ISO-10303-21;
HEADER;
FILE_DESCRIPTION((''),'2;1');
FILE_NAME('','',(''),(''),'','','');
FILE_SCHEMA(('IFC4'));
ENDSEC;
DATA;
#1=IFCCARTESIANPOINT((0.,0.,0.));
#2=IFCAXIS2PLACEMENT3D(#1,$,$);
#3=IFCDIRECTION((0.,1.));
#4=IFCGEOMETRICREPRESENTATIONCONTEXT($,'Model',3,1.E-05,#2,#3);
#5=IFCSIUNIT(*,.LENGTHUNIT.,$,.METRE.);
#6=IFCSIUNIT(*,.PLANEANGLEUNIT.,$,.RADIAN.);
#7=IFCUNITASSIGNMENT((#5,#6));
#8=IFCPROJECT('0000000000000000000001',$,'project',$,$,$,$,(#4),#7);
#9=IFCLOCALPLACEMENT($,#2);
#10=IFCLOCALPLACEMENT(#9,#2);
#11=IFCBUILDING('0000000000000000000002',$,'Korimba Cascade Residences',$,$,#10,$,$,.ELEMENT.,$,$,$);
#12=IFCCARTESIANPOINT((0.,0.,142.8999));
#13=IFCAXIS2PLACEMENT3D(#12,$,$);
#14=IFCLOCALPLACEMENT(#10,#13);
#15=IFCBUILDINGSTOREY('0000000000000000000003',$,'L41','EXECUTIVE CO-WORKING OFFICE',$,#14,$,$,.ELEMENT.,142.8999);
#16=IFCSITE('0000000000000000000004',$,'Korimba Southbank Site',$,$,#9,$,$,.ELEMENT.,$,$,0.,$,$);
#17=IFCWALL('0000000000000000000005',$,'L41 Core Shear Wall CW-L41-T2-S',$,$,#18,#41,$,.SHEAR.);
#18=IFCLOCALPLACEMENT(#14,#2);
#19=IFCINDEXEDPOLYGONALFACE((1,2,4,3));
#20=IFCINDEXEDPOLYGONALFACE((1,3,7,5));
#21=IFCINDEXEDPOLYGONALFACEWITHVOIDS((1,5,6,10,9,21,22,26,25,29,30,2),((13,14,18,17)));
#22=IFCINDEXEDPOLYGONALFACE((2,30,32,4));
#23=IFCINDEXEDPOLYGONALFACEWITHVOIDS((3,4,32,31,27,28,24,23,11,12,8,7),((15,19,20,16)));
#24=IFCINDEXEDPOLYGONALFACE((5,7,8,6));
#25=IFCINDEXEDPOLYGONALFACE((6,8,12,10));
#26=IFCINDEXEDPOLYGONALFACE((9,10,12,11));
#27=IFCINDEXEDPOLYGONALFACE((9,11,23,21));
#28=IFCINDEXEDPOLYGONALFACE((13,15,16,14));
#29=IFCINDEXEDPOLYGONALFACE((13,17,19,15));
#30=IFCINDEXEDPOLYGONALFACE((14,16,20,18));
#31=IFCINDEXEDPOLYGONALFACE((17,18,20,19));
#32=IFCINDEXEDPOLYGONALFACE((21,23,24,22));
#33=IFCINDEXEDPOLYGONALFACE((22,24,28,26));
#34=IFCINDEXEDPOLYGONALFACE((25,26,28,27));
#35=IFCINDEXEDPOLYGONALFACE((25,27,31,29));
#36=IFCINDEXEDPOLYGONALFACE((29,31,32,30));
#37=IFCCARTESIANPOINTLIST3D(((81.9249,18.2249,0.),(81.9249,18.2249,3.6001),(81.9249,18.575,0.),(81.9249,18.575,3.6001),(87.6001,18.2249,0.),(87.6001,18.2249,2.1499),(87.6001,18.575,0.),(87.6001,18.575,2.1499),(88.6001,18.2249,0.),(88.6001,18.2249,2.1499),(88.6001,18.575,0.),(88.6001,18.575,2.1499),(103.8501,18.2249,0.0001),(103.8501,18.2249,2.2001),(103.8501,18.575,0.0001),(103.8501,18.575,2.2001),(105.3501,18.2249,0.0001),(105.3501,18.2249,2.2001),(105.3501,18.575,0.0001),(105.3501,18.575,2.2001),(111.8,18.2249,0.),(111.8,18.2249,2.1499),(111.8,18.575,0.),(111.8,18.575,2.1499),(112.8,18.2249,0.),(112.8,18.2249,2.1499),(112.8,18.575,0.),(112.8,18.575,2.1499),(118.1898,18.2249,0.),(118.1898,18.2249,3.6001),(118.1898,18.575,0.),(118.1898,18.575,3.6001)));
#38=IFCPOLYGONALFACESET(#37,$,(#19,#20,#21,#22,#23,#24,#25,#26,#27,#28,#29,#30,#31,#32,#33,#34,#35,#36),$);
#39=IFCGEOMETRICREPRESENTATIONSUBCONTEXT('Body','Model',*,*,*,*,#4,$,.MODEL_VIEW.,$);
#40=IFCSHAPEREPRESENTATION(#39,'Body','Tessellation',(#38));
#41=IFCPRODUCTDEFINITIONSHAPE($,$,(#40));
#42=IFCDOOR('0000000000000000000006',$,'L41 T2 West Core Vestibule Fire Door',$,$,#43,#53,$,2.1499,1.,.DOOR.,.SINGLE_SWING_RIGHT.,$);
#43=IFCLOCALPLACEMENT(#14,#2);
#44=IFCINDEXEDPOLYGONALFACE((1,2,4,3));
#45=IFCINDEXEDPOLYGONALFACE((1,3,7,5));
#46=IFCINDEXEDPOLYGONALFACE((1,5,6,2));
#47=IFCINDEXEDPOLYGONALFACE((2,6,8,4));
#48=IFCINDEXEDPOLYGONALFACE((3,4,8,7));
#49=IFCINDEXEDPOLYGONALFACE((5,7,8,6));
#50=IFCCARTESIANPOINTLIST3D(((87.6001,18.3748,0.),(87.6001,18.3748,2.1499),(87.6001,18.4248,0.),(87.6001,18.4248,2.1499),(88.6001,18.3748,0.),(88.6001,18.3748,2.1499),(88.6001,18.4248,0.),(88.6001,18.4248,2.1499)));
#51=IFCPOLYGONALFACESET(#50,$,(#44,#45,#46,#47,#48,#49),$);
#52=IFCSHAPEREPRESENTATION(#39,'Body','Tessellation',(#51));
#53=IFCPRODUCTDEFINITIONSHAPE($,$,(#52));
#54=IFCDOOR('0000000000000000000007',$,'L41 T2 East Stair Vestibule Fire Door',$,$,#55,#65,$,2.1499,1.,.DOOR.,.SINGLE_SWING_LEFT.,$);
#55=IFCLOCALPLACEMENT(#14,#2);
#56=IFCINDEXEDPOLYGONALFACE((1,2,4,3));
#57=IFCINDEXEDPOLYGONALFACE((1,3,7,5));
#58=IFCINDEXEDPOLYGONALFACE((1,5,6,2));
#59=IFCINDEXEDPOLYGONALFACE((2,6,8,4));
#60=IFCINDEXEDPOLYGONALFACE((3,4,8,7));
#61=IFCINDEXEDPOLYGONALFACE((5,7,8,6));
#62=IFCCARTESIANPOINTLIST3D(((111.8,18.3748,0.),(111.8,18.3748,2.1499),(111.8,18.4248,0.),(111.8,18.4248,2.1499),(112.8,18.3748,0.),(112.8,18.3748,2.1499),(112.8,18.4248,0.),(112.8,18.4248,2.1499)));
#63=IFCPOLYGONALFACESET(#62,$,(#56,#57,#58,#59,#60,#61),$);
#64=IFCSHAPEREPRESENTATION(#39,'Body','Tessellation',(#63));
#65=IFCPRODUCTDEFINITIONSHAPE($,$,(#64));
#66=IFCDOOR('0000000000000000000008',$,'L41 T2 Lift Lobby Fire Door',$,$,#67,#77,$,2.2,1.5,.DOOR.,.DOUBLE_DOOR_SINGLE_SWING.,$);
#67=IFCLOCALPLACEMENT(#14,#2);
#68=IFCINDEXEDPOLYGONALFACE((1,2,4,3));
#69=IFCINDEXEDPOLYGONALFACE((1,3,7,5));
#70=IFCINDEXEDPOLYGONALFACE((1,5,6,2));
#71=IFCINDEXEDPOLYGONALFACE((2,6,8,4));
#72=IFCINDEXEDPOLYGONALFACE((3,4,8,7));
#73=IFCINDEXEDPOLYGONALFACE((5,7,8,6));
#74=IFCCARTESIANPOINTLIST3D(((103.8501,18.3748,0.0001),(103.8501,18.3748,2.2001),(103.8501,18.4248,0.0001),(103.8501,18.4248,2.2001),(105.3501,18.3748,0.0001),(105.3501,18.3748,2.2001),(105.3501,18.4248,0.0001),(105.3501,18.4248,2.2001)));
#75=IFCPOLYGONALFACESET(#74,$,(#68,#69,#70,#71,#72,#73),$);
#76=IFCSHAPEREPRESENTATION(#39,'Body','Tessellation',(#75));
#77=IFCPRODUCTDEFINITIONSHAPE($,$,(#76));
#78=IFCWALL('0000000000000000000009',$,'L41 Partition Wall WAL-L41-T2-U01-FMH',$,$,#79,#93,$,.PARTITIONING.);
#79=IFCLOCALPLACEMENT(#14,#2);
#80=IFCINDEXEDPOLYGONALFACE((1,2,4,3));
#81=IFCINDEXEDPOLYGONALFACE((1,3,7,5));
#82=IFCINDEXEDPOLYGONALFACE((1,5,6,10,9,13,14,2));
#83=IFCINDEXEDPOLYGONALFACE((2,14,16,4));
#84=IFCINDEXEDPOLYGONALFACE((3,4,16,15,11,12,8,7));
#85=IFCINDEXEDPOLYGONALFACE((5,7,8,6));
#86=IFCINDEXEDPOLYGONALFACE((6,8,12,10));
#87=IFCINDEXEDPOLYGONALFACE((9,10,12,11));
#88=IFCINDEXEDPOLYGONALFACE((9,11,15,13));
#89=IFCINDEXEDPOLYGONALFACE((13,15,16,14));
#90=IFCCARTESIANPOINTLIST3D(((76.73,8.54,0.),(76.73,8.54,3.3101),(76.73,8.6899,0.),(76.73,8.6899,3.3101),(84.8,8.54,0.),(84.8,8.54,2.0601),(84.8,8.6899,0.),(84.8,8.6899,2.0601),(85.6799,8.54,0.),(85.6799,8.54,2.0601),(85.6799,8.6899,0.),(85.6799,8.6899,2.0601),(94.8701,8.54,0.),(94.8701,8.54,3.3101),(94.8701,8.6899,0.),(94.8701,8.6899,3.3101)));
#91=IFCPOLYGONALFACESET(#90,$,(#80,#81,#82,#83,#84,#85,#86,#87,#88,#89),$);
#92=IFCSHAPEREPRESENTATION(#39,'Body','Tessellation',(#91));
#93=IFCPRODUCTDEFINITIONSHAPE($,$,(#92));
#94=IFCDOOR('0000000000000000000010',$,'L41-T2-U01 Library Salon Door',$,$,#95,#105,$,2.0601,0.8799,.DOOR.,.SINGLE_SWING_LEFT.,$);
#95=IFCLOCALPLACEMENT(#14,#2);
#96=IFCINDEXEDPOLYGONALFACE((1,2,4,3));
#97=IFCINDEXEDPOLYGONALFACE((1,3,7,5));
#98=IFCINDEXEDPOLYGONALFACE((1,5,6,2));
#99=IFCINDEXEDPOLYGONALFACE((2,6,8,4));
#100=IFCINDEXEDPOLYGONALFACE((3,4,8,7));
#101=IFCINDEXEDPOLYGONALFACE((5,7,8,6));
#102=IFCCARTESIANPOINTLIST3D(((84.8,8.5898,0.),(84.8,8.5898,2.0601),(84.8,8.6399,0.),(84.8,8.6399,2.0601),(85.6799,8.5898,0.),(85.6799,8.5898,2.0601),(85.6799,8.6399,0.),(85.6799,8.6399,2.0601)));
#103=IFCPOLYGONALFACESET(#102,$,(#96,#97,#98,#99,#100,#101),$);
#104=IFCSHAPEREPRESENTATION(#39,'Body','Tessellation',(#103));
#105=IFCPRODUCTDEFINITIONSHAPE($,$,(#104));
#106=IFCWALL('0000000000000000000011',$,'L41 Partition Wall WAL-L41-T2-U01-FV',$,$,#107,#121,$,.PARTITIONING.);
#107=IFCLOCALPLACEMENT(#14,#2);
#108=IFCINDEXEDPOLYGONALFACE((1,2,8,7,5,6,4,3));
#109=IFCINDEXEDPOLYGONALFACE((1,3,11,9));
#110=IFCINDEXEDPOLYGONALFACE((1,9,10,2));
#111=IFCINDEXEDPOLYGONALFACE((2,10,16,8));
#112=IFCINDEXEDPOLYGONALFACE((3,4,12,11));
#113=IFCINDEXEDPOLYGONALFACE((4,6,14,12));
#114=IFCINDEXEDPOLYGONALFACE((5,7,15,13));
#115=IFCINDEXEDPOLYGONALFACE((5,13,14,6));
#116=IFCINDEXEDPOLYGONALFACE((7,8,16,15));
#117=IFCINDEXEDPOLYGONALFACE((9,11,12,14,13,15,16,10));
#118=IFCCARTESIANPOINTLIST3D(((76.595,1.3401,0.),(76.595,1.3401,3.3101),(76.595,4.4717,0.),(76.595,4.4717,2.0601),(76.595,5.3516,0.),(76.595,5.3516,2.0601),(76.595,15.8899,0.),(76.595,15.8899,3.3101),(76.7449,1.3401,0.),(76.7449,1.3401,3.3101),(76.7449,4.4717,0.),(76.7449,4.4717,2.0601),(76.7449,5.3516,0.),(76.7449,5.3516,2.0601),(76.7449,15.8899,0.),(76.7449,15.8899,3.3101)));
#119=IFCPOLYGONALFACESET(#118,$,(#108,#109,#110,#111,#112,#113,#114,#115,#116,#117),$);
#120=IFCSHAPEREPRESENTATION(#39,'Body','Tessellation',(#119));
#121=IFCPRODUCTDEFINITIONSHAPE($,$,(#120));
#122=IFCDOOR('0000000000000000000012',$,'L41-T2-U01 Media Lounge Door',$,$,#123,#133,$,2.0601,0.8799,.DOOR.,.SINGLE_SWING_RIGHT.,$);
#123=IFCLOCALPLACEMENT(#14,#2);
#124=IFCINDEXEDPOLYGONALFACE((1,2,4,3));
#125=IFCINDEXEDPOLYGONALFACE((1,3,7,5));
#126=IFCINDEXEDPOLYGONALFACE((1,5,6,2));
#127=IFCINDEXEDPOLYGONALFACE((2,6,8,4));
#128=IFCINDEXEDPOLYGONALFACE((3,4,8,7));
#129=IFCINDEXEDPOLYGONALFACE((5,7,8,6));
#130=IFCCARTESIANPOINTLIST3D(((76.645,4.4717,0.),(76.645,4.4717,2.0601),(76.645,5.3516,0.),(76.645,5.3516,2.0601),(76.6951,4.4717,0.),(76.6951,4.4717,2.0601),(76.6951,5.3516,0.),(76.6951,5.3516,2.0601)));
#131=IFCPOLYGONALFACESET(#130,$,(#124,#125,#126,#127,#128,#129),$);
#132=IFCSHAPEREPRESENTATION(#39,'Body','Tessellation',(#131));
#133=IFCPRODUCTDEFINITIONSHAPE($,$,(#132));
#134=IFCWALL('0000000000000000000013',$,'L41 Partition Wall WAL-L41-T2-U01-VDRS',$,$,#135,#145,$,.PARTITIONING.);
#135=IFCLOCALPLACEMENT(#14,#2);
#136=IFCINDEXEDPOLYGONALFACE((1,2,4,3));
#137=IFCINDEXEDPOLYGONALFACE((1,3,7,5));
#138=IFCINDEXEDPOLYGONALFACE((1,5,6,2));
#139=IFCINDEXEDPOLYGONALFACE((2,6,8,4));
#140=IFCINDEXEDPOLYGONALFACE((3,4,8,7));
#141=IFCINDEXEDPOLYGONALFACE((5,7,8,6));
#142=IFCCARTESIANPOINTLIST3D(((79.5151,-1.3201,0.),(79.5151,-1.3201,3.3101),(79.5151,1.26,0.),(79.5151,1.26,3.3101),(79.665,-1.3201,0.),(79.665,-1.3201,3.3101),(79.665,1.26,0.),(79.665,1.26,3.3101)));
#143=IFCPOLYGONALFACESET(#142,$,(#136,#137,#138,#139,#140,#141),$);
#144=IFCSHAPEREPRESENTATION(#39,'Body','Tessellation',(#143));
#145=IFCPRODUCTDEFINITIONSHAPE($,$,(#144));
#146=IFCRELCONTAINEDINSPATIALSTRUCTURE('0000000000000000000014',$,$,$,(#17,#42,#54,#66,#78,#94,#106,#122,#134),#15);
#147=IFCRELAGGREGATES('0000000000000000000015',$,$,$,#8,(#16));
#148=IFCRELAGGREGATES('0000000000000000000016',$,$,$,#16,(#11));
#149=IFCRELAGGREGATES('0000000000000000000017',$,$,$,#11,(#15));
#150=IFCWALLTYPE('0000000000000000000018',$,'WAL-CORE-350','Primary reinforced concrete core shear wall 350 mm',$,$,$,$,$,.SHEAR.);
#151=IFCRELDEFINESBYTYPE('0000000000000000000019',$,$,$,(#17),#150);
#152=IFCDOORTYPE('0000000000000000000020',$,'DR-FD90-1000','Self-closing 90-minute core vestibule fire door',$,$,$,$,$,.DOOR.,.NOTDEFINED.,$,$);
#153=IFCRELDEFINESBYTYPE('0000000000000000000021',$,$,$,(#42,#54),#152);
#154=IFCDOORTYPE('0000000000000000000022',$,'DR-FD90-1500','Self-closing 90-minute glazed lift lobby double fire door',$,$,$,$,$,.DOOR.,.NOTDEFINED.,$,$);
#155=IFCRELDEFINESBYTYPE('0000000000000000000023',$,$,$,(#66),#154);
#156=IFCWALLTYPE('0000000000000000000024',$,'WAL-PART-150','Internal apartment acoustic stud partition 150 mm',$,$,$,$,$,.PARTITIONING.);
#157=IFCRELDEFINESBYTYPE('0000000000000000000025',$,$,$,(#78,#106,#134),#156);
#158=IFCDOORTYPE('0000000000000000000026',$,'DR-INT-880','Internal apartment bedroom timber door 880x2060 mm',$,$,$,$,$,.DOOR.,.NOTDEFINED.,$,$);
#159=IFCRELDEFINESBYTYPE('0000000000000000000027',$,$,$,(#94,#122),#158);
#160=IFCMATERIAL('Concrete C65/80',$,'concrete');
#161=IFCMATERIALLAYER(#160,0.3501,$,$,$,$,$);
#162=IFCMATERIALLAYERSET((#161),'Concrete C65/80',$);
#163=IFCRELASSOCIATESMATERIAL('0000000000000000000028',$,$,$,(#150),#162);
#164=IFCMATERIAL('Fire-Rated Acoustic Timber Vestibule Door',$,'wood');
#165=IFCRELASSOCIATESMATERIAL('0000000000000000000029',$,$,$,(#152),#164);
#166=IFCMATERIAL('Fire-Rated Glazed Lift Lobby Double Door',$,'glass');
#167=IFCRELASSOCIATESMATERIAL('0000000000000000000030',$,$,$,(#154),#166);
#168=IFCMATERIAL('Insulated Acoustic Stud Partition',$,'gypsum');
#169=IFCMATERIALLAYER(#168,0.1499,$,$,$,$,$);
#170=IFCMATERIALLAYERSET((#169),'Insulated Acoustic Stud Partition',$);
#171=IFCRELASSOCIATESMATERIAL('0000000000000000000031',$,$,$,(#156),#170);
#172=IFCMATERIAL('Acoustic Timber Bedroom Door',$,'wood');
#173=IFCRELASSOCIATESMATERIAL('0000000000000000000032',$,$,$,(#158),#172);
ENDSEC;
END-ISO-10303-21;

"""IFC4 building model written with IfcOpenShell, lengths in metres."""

from ifc_helpers import new_model, si_unit, direction, frame, frame_2d, origin, place, context, subcontext, project, spatial, rectangle, extrude, material, layer, layer_set, type_object, element, fill, save


model = new_model("IFC4")

# Units and contexts
model_context = context("Model", 3, precision=1e-05, world=origin(), true_north=direction((0.0, 1.0)))
body_context = subcontext(model_context, "Body", "Model", "MODEL_VIEW")
ifc_project = project(units=[si_unit("LENGTHUNIT", "METRE"), si_unit("PLANEANGLEUNIT", "RADIAN")], contexts=[model_context])

# Site, building, storey
site_placement = place(None, origin())
site = spatial("IfcSite", under=ifc_project, at=site_placement, Name="Korimba Southbank Site", CompositionType="ELEMENT", RefElevation=0.0)
building_placement = place(site_placement, origin())
building = spatial("IfcBuilding", under=site, at=building_placement, Name="Korimba Cascade Residences", CompositionType="ELEMENT")
storey_placement = place(building_placement, frame((0.0, 0.0, 142.8999)))
storey = spatial("IfcBuildingStorey", under=building, at=storey_placement, Name="L41", Description="EXECUTIVE CO-WORKING OFFICE", CompositionType="ELEMENT", Elevation=142.8999)

# Wall, openings, doors
ifc_material_1 = material(Name="Concrete C65/80", Category="concrete")
ifc_layer_1 = layer(ifc_material_1, 0.3501)
ifc_layer_set_1 = layer_set([ifc_layer_1], Name="Concrete C65/80")
wall_type_1 = type_object("IfcWallType", Name="WAL-CORE-350", Description="Primary reinforced concrete core shear wall 350 mm", PredefinedType="SHEAR", material=ifc_layer_set_1)
wall_1_placement = place(storey_placement, frame((81.925, 18.3999, 0.0), z_axis=(0.0, 0.0, 1.0), x_axis=(1.0, 0.0, 0.0)))
wall_1 = element("IfcWall", 1, at=wall_1_placement, inside=storey, type_object=wall_type_1, Name="L41 Core Shear Wall CW-L41-T2-S", PredefinedType="SHEAR", context=body_context, shape_type="SweptSolid", body=[
    extrude(rectangle(XDim=36.2649, YDim=0.3501, at=frame_2d((18.1323, 0.0))), origin(), (0.0, 0.0, 1.0), 3.6001),
])
opening_1_placement = place(wall_1_placement, frame((5.675, 0.0, 0.0)))
opening_1 = element("IfcOpeningElement", 2, at=opening_1_placement, cuts=wall_1, PredefinedType="OPENING", context=body_context, shape_type="SweptSolid", body=[
    extrude(rectangle(XDim=1.0, YDim=2.1499, at=frame_2d((0.5, 1.075))), frame((0.0, 0.1851, 0.0), z_axis=(0.0, -1.0, 0.0), x_axis=(1.0, 0.0, 0.0)), (0.0, 0.0, 1.0), 0.3701),
])
opening_2_placement = place(wall_1_placement, frame((21.925, 0.0, 0.0)))
opening_2 = element("IfcOpeningElement", 3, at=opening_2_placement, cuts=wall_1, PredefinedType="OPENING", context=body_context, shape_type="SweptSolid", body=[
    extrude(rectangle(XDim=1.5, YDim=2.2, at=frame_2d((0.75, 1.1001))), frame((0.0, 0.1851, 0.0), z_axis=(0.0, -1.0, 0.0), x_axis=(1.0, 0.0, 0.0)), (0.0, 0.0, 1.0), 0.3701),
])
opening_3_placement = place(wall_1_placement, frame((29.875, 0.0, 0.0)))
opening_3 = element("IfcOpeningElement", 4, at=opening_3_placement, cuts=wall_1, PredefinedType="OPENING", context=body_context, shape_type="SweptSolid", body=[
    extrude(rectangle(XDim=1.0, YDim=2.1499, at=frame_2d((0.5, 1.075))), frame((0.0, 0.1851, 0.0), z_axis=(0.0, -1.0, 0.0), x_axis=(1.0, 0.0, 0.0)), (0.0, 0.0, 1.0), 0.3701),
])
ifc_material_2 = material(Name="Fire-Rated Acoustic Timber Vestibule Door", Category="wood")
door_type_1 = type_object("IfcDoorType", Name="DR-FD90-1000", Description="Self-closing 90-minute core vestibule fire door", OperationType="NOTDEFINED", PredefinedType="DOOR", material=ifc_material_2)
door_1_placement = place(opening_1_placement, origin())
door_1 = element("IfcDoor", 5, at=door_1_placement, inside=storey, type_object=door_type_1, Name="L41 T2 West Core Vestibule Fire Door", OperationType="SINGLE_SWING_RIGHT", OverallHeight=2.1499, OverallWidth=1.0, PredefinedType="DOOR", context=body_context, shape_type="SweptSolid", body=[
    extrude(rectangle(XDim=1.0, YDim=2.1499, at=frame_2d((0.5, 1.075))), frame((0.0, 0.0249, 0.0), z_axis=(0.0, -1.0, 0.0), x_axis=(1.0, 0.0, 0.0)), (0.0, 0.0, 1.0), 0.05),
])
fill(opening_1, door_1)
door_2_placement = place(opening_3_placement, origin())
door_2 = element("IfcDoor", 6, at=door_2_placement, inside=storey, type_object=door_type_1, Name="L41 T2 East Stair Vestibule Fire Door", OperationType="SINGLE_SWING_LEFT", OverallHeight=2.1499, OverallWidth=1.0, PredefinedType="DOOR", context=body_context, shape_type="SweptSolid", body=[
    extrude(rectangle(XDim=1.0, YDim=2.1499, at=frame_2d((0.5, 1.075))), frame((0.0, 0.0249, 0.0), z_axis=(0.0, -1.0, 0.0), x_axis=(1.0, 0.0, 0.0)), (0.0, 0.0, 1.0), 0.05),
])
fill(opening_3, door_2)
ifc_material_3 = material(Name="Fire-Rated Glazed Lift Lobby Double Door", Category="glass")
door_type_2 = type_object("IfcDoorType", Name="DR-FD90-1500", Description="Self-closing 90-minute glazed lift lobby double fire door", OperationType="NOTDEFINED", PredefinedType="DOOR", material=ifc_material_3)
door_3_placement = place(opening_2_placement, origin())
door_3 = element("IfcDoor", 7, at=door_3_placement, inside=storey, type_object=door_type_2, Name="L41 T2 Lift Lobby Fire Door", OperationType="DOUBLE_DOOR_SINGLE_SWING", OverallHeight=2.2, OverallWidth=1.5, PredefinedType="DOOR", context=body_context, shape_type="SweptSolid", body=[
    extrude(rectangle(XDim=1.5, YDim=2.2, at=frame_2d((0.75, 1.1001))), frame((0.0, 0.0249, 0.0), z_axis=(0.0, -1.0, 0.0), x_axis=(1.0, 0.0, 0.0)), (0.0, 0.0, 1.0), 0.05),
])
fill(opening_2, door_3)

# Walls, openings, doors
ifc_material_4 = material(Name="Insulated Acoustic Stud Partition", Category="gypsum")
ifc_layer_2 = layer(ifc_material_4, 0.1499)
ifc_layer_set_2 = layer_set([ifc_layer_2], Name="Insulated Acoustic Stud Partition")
wall_type_2 = type_object("IfcWallType", Name="WAL-PART-150", Description="Internal apartment acoustic stud partition 150 mm", PredefinedType="PARTITIONING", material=ifc_layer_set_2)
wall_2_placement = place(storey_placement, frame((76.73, 8.615, 0.0), z_axis=(0.0, 0.0, 1.0), x_axis=(1.0, 0.0, 0.0)))
wall_2 = element("IfcWall", 8, at=wall_2_placement, inside=storey, type_object=wall_type_2, Name="L41 Partition Wall WAL-L41-T2-U01-FMH", PredefinedType="PARTITIONING", context=body_context, shape_type="SweptSolid", body=[
    extrude(rectangle(XDim=18.1401, YDim=0.1499, at=frame_2d((9.0701, 0.0))), origin(), (0.0, 0.0, 1.0), 3.3101),
])
opening_4_placement = place(wall_2_placement, frame((8.0701, 0.0, 0.0)))
opening_4 = element("IfcOpeningElement", 9, at=opening_4_placement, cuts=wall_2, PredefinedType="OPENING", context=body_context, shape_type="SweptSolid", body=[
    extrude(rectangle(XDim=0.8799, YDim=2.0601, at=frame_2d((0.4399, 1.03))), frame((0.0, 0.085, 0.0), z_axis=(0.0, -1.0, 0.0), x_axis=(1.0, 0.0, 0.0)), (0.0, 0.0, 1.0), 0.1699),
])
ifc_material_5 = material(Name="Acoustic Timber Bedroom Door", Category="wood")
door_type_3 = type_object("IfcDoorType", Name="DR-INT-880", Description="Internal apartment bedroom timber door 880x2060 mm", OperationType="NOTDEFINED", PredefinedType="DOOR", material=ifc_material_5)
door_4_placement = place(opening_4_placement, origin())
door_4 = element("IfcDoor", 10, at=door_4_placement, inside=storey, type_object=door_type_3, Name="L41-T2-U01 Library Salon Door", OperationType="SINGLE_SWING_LEFT", OverallHeight=2.0601, OverallWidth=0.8799, PredefinedType="DOOR", context=body_context, shape_type="SweptSolid", body=[
    extrude(rectangle(XDim=0.8799, YDim=2.0601, at=frame_2d((0.4399, 1.03))), frame((0.0, 0.0249, 0.0), z_axis=(0.0, -1.0, 0.0), x_axis=(1.0, 0.0, 0.0)), (0.0, 0.0, 1.0), 0.05),
])
fill(opening_4, door_4)
wall_3_placement = place(storey_placement, frame((76.6699, 1.3401, 0.0), z_axis=(0.0, 0.0, 1.0), x_axis=(0.0, 1.0, 0.0)))
wall_3 = element("IfcWall", 11, at=wall_3_placement, inside=storey, type_object=wall_type_2, Name="L41 Partition Wall WAL-L41-T2-U01-FV", PredefinedType="PARTITIONING", context=body_context, shape_type="SweptSolid", body=[
    extrude(rectangle(XDim=14.5498, YDim=0.1499, at=frame_2d((7.2749, 0.0))), origin(), (0.0, 0.0, 1.0), 3.3101),
])
opening_5_placement = place(wall_3_placement, frame((3.1316, 0.0, 0.0)))
opening_5 = element("IfcOpeningElement", 12, at=opening_5_placement, cuts=wall_3, PredefinedType="OPENING", context=body_context, shape_type="SweptSolid", body=[
    extrude(rectangle(XDim=0.8799, YDim=2.0601, at=frame_2d((0.4399, 1.03))), frame((0.0, 0.085, 0.0), z_axis=(0.0, -1.0, 0.0), x_axis=(1.0, 0.0, 0.0)), (0.0, 0.0, 1.0), 0.1699),
])
door_5_placement = place(opening_5_placement, origin())
door_5 = element("IfcDoor", 13, at=door_5_placement, inside=storey, type_object=door_type_3, Name="L41-T2-U01 Media Lounge Door", OperationType="SINGLE_SWING_RIGHT", OverallHeight=2.0601, OverallWidth=0.8799, PredefinedType="DOOR", context=body_context, shape_type="SweptSolid", body=[
    extrude(rectangle(XDim=0.8799, YDim=2.0601, at=frame_2d((0.4399, 1.03))), frame((0.0, 0.0249, 0.0), z_axis=(0.0, -1.0, 0.0), x_axis=(1.0, 0.0, 0.0)), (0.0, 0.0, 1.0), 0.05),
])
fill(opening_5, door_5)

# Wall
wall_4_placement = place(storey_placement, frame((79.5901, -1.3201, 0.0), z_axis=(0.0, 0.0, 1.0), x_axis=(0.0, 1.0, 0.0)))
element("IfcWall", 14, at=wall_4_placement, inside=storey, type_object=wall_type_2, Name="L41 Partition Wall WAL-L41-T2-U01-VDRS", PredefinedType="PARTITIONING", context=body_context, shape_type="SweptSolid", body=[
    extrude(rectangle(XDim=2.5801, YDim=0.1499, at=frame_2d((1.29, 0.0))), origin(), (0.0, 0.0, 1.0), 3.3101),
])

save(model, "model.ifc")
